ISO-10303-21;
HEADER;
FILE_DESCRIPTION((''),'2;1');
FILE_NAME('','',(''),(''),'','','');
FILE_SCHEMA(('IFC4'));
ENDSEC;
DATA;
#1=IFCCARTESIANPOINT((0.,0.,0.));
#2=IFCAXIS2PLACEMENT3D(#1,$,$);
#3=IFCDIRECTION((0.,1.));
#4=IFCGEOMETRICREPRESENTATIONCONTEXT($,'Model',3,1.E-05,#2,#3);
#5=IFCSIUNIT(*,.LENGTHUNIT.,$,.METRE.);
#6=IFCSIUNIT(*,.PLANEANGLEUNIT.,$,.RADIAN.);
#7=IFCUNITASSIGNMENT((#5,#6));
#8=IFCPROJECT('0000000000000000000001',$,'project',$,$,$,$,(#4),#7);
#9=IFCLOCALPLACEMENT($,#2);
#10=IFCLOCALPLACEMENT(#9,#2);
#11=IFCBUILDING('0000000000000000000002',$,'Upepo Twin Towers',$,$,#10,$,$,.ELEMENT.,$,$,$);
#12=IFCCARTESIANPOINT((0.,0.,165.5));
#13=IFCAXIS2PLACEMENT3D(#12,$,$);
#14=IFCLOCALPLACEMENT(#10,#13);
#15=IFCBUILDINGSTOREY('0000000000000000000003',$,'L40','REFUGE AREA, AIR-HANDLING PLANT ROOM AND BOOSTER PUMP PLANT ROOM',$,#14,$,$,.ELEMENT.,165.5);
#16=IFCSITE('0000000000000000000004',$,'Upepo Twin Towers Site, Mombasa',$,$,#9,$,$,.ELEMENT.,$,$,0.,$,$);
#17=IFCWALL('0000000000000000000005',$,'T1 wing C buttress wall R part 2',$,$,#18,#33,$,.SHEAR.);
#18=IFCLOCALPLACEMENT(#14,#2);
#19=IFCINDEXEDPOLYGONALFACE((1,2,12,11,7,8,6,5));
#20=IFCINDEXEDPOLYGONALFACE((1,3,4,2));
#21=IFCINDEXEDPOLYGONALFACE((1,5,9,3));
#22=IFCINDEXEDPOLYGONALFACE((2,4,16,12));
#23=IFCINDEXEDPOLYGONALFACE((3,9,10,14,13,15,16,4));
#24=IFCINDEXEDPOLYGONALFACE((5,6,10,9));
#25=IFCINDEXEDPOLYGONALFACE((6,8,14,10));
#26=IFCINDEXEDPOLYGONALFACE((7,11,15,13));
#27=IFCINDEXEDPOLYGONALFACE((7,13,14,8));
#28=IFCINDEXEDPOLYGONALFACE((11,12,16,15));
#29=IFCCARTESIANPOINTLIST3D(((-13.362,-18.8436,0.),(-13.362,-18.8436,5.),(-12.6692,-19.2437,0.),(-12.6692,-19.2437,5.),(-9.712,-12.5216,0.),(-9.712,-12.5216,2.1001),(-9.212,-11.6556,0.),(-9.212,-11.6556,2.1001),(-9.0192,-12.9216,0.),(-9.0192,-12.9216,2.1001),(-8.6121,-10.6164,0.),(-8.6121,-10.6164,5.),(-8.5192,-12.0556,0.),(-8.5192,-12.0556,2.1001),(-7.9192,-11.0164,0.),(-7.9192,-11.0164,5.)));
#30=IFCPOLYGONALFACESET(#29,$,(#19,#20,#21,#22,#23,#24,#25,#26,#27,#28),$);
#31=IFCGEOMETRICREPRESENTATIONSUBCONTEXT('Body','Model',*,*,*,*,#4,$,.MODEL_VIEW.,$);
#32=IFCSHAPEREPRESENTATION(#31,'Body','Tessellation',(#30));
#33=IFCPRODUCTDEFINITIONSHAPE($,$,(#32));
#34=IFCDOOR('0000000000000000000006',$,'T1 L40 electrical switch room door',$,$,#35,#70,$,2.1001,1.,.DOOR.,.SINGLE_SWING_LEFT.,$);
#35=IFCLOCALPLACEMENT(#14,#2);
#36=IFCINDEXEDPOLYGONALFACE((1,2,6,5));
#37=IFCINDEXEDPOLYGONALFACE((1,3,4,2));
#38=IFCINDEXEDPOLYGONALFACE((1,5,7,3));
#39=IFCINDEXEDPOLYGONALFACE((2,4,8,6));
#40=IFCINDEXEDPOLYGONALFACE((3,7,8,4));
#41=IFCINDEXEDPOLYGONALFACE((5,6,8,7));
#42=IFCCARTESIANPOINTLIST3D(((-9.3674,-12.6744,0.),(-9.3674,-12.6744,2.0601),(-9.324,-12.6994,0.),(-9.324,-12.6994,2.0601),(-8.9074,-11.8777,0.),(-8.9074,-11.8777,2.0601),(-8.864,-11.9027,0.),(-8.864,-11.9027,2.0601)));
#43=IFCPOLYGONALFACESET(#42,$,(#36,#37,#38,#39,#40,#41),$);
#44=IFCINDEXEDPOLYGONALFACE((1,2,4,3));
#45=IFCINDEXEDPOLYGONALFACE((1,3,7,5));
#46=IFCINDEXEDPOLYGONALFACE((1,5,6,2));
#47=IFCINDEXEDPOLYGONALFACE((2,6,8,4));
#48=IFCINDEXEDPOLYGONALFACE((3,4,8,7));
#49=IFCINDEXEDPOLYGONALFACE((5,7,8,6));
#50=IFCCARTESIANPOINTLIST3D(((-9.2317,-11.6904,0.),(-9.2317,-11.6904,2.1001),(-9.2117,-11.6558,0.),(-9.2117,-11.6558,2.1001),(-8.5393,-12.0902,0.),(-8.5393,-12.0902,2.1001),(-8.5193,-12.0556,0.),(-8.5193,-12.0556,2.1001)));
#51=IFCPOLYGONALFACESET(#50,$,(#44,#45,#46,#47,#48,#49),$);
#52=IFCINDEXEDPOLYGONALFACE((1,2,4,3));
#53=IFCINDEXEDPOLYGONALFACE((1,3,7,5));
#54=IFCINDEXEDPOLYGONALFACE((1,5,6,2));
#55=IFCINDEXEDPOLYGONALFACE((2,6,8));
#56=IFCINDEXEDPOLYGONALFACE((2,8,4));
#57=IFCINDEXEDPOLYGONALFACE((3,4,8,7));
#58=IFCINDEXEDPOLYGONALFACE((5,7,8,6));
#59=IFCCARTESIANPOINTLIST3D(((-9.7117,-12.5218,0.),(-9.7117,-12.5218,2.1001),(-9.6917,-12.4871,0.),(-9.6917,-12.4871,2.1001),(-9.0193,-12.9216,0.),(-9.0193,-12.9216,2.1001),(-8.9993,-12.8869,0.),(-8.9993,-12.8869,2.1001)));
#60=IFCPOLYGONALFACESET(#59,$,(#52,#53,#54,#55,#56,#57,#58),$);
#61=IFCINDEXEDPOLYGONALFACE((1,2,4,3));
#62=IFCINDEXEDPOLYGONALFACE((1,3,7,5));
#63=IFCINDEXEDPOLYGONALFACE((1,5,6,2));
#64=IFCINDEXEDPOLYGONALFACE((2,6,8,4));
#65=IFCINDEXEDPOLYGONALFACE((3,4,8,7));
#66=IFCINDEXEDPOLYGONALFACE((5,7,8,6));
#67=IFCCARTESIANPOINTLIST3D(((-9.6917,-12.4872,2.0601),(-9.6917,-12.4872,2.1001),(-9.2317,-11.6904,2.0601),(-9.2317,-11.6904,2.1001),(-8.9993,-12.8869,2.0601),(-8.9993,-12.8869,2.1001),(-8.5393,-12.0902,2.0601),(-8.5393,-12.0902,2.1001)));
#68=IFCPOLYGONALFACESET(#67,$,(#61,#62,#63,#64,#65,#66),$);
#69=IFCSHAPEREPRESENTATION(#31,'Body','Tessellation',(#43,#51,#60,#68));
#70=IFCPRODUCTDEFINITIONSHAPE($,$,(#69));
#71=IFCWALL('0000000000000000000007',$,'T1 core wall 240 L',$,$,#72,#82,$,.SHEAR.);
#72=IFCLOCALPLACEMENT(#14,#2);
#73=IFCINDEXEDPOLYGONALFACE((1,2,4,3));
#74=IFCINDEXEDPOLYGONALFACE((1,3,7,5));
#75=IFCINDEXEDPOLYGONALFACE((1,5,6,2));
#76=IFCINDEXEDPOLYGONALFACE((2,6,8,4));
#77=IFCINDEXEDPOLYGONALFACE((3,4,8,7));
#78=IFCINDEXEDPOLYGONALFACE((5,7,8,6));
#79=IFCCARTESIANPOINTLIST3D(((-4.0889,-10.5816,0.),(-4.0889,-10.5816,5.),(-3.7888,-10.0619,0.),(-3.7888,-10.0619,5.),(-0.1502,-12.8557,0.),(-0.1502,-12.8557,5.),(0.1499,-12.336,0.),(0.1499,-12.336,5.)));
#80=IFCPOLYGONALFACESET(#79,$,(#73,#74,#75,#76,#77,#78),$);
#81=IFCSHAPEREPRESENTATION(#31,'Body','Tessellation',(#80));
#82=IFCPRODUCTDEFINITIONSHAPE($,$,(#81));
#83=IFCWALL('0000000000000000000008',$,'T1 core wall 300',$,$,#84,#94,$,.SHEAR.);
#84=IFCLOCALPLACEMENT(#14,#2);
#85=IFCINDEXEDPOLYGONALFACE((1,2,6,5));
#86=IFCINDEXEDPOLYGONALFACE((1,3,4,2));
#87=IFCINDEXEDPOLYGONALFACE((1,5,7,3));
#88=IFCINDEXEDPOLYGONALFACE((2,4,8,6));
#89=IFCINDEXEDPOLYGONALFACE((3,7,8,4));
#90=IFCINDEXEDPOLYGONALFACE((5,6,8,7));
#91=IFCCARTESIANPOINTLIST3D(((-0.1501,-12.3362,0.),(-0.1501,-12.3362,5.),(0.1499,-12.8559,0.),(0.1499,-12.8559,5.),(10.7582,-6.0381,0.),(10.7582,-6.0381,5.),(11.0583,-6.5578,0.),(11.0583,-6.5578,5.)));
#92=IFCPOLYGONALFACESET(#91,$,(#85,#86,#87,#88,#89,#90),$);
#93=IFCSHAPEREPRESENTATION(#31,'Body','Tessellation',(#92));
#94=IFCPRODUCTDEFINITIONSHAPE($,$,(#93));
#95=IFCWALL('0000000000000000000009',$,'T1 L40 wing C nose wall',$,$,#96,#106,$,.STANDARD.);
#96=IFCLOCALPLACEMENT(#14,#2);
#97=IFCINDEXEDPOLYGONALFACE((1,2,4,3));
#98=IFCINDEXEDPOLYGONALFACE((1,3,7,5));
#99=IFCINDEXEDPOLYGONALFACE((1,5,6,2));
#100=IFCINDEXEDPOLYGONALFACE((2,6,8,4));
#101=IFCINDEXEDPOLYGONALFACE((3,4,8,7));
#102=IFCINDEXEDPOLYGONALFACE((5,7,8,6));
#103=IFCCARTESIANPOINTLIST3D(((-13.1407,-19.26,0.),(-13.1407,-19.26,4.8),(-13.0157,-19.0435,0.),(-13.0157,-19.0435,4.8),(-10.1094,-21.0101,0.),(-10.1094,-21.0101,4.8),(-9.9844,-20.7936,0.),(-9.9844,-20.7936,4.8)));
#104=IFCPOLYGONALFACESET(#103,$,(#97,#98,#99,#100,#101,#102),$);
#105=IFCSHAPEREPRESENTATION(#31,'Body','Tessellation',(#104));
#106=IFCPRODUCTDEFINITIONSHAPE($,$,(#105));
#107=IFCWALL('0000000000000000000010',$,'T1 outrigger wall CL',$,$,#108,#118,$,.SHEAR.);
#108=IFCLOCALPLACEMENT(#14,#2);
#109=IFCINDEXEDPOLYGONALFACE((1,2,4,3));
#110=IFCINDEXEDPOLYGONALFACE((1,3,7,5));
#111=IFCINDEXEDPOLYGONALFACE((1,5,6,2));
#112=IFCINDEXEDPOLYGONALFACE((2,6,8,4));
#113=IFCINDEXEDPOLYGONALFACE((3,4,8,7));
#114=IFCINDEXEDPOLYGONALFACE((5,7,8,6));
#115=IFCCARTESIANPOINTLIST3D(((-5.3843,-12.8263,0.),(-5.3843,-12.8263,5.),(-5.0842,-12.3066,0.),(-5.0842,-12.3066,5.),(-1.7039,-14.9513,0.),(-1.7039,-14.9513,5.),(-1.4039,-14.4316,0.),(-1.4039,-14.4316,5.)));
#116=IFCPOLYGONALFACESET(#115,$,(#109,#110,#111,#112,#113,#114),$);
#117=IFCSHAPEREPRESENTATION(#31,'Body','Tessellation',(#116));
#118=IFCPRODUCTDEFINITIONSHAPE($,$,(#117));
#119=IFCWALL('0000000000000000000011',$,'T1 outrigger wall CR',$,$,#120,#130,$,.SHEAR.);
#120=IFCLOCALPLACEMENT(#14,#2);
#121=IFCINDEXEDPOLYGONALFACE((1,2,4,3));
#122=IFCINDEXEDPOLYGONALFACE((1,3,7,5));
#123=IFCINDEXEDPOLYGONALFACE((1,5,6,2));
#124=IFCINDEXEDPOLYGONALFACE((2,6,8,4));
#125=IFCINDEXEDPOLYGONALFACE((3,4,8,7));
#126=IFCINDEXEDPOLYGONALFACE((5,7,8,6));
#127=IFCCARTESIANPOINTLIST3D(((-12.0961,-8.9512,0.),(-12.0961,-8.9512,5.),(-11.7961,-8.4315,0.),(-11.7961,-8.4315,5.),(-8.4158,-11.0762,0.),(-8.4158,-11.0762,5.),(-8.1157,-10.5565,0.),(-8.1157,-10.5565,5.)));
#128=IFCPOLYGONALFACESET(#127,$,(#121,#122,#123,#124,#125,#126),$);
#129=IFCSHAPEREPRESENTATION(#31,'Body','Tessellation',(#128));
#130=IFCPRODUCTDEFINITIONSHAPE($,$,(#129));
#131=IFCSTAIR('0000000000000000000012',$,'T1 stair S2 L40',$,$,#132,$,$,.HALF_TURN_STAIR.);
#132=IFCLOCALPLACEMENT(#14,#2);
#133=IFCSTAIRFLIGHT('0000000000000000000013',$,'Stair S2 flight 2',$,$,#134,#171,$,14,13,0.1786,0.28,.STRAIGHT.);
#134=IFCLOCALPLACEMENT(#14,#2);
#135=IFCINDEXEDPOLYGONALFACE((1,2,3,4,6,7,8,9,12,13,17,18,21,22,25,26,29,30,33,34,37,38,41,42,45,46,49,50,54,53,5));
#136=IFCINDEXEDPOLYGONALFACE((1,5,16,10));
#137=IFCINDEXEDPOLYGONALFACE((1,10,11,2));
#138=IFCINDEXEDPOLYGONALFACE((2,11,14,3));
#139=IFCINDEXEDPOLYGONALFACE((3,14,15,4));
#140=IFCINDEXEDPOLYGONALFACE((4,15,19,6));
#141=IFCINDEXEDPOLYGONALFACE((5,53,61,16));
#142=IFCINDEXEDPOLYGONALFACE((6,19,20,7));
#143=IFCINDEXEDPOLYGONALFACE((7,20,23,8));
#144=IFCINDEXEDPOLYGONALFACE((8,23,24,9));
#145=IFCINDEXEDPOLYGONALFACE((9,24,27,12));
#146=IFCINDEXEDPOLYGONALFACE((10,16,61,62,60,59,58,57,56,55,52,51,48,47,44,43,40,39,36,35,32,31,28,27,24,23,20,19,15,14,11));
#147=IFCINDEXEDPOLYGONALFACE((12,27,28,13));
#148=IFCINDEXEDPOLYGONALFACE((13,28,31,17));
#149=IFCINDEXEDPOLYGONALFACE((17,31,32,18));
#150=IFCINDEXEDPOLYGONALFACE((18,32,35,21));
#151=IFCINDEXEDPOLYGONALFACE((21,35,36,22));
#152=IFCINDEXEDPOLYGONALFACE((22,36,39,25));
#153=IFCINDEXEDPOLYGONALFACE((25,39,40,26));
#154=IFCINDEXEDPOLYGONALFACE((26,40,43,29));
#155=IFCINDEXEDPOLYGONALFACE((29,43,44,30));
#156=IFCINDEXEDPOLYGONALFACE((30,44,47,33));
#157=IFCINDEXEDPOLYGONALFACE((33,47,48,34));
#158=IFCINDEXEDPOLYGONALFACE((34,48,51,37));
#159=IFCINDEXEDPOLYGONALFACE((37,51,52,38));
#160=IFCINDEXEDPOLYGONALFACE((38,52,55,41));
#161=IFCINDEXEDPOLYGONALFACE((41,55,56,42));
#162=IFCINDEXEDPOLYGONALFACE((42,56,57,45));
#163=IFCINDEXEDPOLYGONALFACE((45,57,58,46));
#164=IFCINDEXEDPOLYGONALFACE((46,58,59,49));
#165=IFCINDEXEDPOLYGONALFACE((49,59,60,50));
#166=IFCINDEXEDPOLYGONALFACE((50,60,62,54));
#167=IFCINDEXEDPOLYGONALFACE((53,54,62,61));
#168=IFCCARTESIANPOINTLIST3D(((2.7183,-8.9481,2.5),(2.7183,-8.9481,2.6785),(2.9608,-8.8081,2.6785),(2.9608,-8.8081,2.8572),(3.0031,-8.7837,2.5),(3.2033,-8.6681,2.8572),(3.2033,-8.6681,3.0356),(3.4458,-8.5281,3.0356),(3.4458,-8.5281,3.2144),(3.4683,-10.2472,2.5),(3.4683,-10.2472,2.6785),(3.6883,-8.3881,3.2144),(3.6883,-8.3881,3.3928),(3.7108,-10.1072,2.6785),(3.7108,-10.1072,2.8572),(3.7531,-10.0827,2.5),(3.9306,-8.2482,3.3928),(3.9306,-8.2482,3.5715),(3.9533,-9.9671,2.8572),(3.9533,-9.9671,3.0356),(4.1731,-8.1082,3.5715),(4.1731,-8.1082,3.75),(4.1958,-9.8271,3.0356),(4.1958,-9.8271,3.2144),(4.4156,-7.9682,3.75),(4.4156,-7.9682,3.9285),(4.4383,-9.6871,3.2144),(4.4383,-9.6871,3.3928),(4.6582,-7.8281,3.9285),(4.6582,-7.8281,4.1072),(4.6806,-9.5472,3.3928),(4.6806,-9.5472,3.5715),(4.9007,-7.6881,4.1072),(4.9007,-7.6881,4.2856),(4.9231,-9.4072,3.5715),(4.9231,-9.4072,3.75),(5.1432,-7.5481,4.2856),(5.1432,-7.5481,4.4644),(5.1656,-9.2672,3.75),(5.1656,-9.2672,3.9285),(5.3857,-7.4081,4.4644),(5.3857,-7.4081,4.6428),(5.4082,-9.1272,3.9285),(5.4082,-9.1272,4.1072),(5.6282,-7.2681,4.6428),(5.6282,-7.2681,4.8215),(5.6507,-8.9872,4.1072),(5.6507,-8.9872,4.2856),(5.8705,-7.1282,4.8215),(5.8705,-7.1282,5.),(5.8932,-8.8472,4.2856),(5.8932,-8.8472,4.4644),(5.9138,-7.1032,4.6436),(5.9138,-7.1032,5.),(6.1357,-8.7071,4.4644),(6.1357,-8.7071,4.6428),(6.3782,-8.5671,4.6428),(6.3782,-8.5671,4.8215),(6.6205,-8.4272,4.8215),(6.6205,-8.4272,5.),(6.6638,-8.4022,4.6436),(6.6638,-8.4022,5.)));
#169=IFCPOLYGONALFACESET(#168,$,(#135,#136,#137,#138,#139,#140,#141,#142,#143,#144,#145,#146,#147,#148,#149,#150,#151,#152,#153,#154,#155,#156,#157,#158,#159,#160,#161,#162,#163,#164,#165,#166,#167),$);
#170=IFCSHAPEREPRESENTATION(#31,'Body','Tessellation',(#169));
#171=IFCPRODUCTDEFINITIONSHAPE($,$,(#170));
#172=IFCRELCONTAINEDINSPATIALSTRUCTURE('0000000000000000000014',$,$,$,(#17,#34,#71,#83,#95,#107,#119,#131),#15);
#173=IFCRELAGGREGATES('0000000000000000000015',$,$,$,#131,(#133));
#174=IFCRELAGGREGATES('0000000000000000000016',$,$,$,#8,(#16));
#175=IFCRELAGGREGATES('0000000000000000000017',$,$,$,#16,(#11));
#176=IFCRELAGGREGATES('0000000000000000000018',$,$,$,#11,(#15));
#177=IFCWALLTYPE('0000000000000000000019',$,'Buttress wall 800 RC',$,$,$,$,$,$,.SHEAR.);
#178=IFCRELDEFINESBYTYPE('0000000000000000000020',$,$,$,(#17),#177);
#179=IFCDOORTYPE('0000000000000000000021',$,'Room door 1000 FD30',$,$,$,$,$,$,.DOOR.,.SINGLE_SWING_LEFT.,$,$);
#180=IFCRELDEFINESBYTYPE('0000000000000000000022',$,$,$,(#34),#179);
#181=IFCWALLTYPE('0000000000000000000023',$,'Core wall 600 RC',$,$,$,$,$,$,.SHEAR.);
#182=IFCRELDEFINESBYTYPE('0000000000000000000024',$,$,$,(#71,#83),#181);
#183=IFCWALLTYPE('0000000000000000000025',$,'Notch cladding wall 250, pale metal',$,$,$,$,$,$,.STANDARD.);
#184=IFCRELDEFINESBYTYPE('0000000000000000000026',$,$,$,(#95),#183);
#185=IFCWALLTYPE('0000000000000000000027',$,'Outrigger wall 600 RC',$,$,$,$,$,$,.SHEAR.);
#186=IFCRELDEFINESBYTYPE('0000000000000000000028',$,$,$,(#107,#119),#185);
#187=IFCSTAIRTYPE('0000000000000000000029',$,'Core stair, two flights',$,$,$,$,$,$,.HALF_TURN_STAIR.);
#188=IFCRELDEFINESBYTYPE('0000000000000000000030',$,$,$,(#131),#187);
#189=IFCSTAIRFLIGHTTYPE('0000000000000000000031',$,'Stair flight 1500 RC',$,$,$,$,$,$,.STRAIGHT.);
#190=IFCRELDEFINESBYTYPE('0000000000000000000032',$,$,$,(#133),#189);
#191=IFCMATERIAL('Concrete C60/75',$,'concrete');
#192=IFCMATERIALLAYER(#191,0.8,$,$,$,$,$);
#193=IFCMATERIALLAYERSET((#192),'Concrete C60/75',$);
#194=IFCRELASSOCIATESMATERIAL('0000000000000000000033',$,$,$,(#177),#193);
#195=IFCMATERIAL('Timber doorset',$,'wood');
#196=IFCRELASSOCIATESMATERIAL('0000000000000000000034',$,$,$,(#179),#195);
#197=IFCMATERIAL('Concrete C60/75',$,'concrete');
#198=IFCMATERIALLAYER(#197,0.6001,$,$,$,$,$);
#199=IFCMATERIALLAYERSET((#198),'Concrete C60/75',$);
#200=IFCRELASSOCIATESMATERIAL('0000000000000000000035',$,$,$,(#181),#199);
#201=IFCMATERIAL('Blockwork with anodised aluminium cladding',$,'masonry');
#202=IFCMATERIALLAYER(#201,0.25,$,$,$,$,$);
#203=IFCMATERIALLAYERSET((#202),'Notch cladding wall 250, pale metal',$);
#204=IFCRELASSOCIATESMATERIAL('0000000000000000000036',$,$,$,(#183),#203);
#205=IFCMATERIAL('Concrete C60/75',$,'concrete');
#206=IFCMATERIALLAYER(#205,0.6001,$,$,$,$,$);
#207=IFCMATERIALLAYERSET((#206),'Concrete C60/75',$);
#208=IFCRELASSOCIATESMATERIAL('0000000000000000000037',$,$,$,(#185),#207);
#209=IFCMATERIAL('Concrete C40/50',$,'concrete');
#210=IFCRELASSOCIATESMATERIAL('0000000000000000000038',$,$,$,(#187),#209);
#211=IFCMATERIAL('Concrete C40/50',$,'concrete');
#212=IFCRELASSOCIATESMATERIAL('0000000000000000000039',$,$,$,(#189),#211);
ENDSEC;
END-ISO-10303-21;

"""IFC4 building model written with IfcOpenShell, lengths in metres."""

from ifc_helpers import new_model, si_unit, direction, frame, frame_2d, origin, place, context, subcontext, project, spatial, polyline, rectangle, outline, extrude, material, layer, layer_set, type_object, element, fill, aggregate, save


model = new_model("IFC4")

# Units and contexts
model_context = context("Model", 3, precision=1e-05, world=origin(), true_north=direction((0.0, 1.0)))
body_context = subcontext(model_context, "Body", "Model", "MODEL_VIEW")
ifc_project = project(units=[si_unit("LENGTHUNIT", "METRE"), si_unit("PLANEANGLEUNIT", "RADIAN")], contexts=[model_context])

# Site, building, storey
site_placement = place(None, origin())
site = spatial("IfcSite", under=ifc_project, at=site_placement, Name="Upepo Twin Towers Site, Mombasa", CompositionType="ELEMENT", RefElevation=0.0)
building_placement = place(site_placement, origin())
building = spatial("IfcBuilding", under=site, at=building_placement, Name="Upepo Twin Towers", CompositionType="ELEMENT")
storey_placement = place(building_placement, frame((0.0, 0.0, 165.5)))
storey = spatial("IfcBuildingStorey", under=building, at=storey_placement, Name="L40", Description="REFUGE AREA, AIR-HANDLING PLANT ROOM AND BOOSTER PUMP PLANT ROOM", CompositionType="ELEMENT", Elevation=165.5)

# Wall, opening, door
ifc_material_1 = material(Name="Concrete C60/75", Category="concrete")
ifc_layer_1 = layer(ifc_material_1, 0.8)
ifc_layer_set_1 = layer_set([ifc_layer_1], Name="Concrete C60/75")
wall_type_1 = type_object("IfcWallType", Name="Buttress wall 800 RC", PredefinedType="SHEAR", material=ifc_layer_set_1)
ifc_material_2 = material(Name="Timber doorset", Category="wood")
door_type = type_object("IfcDoorType", Name="Room door 1000 FD30", OperationType="SINGLE_SWING_LEFT", PredefinedType="DOOR", material=ifc_material_2)
wall_1_placement = place(storey_placement, frame((-8.2656, -10.8164, 0.0), z_axis=(0.0, 0.0, 1.0), x_axis=(-0.499998, -0.866027, 0.0)))
wall_1 = element("IfcWall", 1, at=wall_1_placement, inside=storey, type_object=wall_type_1, Name="T1 wing C buttress wall R part 2", PredefinedType="SHEAR", context=body_context, shape_type="SweptSolid", body=[
    extrude(rectangle(XDim=9.5, YDim=0.8, at=frame_2d((4.75, 0.0))), origin(), (0.0, 0.0, 1.0), 5.0),
])
opening_1_placement = place(wall_1_placement, frame((1.2, 0.0, 0.0)))
opening_1 = element("IfcOpeningElement", 2, at=opening_1_placement, cuts=wall_1, PredefinedType="OPENING", context=body_context, shape_type="SweptSolid", body=[
    extrude(rectangle(XDim=1.0, YDim=2.1001, at=frame_2d((0.5, 1.05))), frame((0.0, 0.4099, 0.0), z_axis=(0.0, -1.0, 0.0), x_axis=(1.0, 0.0, 0.0)), (0.0, 0.0, 1.0), 0.8201),
])
door_1_placement = place(opening_1_placement, origin())
door_1 = element("IfcDoor", 3, at=door_1_placement, inside=storey, type_object=door_type, Name="T1 L40 electrical switch room door", OperationType="SINGLE_SWING_LEFT", OverallHeight=2.1001, OverallWidth=1.0, PredefinedType="DOOR", context=body_context, shape_type="SweptSolid", body=[
    extrude(rectangle(XDim=0.92, YDim=2.0601, at=frame_2d((0.5, 1.03))), frame((0.0, 0.0249, 0.0), z_axis=(0.0, -1.0, 0.0), x_axis=(1.0, 0.0, 0.0)), (0.0, 0.0, 1.0), 0.05),
    extrude(rectangle(XDim=0.04, YDim=2.1001, at=frame_2d((0.02, 1.05))), frame((0.0, 0.3999, 0.0), z_axis=(0.0, -1.0, 0.0), x_axis=(1.0, 0.0, 0.0)), (0.0, 0.0, 1.0), 0.7996),
    extrude(rectangle(XDim=0.04, YDim=2.1001, at=frame_2d((0.98, 1.05))), frame((0.0, 0.3999, 0.0), z_axis=(0.0, -1.0, 0.0), x_axis=(1.0, 0.0, 0.0)), (0.0, 0.0, 1.0), 0.7996),
    extrude(rectangle(XDim=0.92, YDim=0.04, at=frame_2d((0.5, 2.0801))), frame((0.0, 0.3999, 0.0), z_axis=(0.0, -1.0, 0.0), x_axis=(1.0, 0.0, 0.0)), (0.0, 0.0, 1.0), 0.7996),
])
fill(opening_1, door_1)

# Walls
ifc_material_3 = material(Name="Concrete C60/75", Category="concrete")
ifc_layer_2 = layer(ifc_material_3, 0.6001)
ifc_layer_set_2 = layer_set([ifc_layer_2], Name="Concrete C60/75")
wall_type_2 = type_object("IfcWallType", Name="Core wall 600 RC", PredefinedType="SHEAR", material=ifc_layer_set_2)
wall_2_placement = place(storey_placement, frame((-3.9387, -10.3218, 0.0), z_axis=(0.0, 0.0, 1.0), x_axis=(0.866011, -0.500024, 0.0)))
element("IfcWall", 4, at=wall_2_placement, inside=storey, type_object=wall_type_2, Name="T1 core wall 240 L", PredefinedType="SHEAR", context=body_context, shape_type="SweptSolid", body=[
    extrude(rectangle(XDim=4.5481, YDim=0.6001, at=frame_2d((2.2739, 0.0))), origin(), (0.0, 0.0, 1.0), 5.0),
])
wall_3_placement = place(storey_placement, frame((0.0, -12.5959, 0.0), z_axis=(0.0, 0.0, 1.0), x_axis=(0.866022, 0.500006, 0.0)))
element("IfcWall", 5, at=wall_3_placement, inside=storey, type_object=wall_type_2, Name="T1 core wall 300", PredefinedType="SHEAR", context=body_context, shape_type="SweptSolid", body=[
    extrude(rectangle(XDim=12.5959, YDim=0.6001, at=frame_2d((6.2979, 0.0))), origin(), (0.0, 0.0, 1.0), 5.0),
])
ifc_material_4 = material(Name="Blockwork with anodised aluminium cladding", Category="masonry")
ifc_layer_3 = layer(ifc_material_4, 0.25)
ifc_layer_set_3 = layer_set([ifc_layer_3], Name="Notch cladding wall 250, pale metal")
wall_type_3 = type_object("IfcWallType", Name="Notch cladding wall 250, pale metal", PredefinedType="STANDARD", material=ifc_layer_set_3)
wall_4_placement = place(storey_placement, frame((-13.0781, -19.1519, 0.0), z_axis=(0.0, 0.0, 1.0), x_axis=(0.866037, -0.49998, 0.0)))
element("IfcWall", 6, at=wall_4_placement, inside=storey, type_object=wall_type_3, Name="T1 L40 wing C nose wall", PredefinedType="STANDARD", context=body_context, shape_type="SweptSolid", body=[
    extrude(rectangle(XDim=3.5002, YDim=0.25, at=frame_2d((1.75, 0.0))), origin(), (0.0, 0.0, 1.0), 4.8),
])
ifc_material_5 = material(Name="Concrete C60/75", Category="concrete")
ifc_layer_4 = layer(ifc_material_5, 0.6001)
ifc_layer_set_4 = layer_set([ifc_layer_4], Name="Concrete C60/75")
wall_type_4 = type_object("IfcWallType", Name="Outrigger wall 600 RC", PredefinedType="SHEAR", material=ifc_layer_set_4)
for number, where, z_axis, x_axis, name in (
    (7, (-5.2344, -12.5664, 0.0), (0.0, 0.0, 1.0), (0.866014, -0.500019, 0.0), "T1 outrigger wall CL"),
    (8, (-8.2656, -10.8164, 0.0), (0.0, 0.0, 1.0), (-0.866014, 0.500019, 0.0), "T1 outrigger wall CR"),
):
    element("IfcWall", number, at=place(storey_placement, frame(where, z_axis=z_axis, x_axis=x_axis)), inside=storey, type_object=wall_type_4, Name=name, PredefinedType="SHEAR", context=body_context, shape_type="SweptSolid", body=[
        extrude(rectangle(XDim=4.2498, YDim=0.6001, at=frame_2d((2.125, 0.0))), origin(), (0.0, 0.0, 1.0), 5.0),
    ])

# Stair, stair flight
ifc_material_6 = material(Name="Concrete C40/50", Category="concrete")
stair_type = type_object("IfcStairType", Name="Core stair, two flights", PredefinedType="HALF_TURN_STAIR", material=ifc_material_6)
stair_placement = place(storey_placement, origin())
stair = element("IfcStair", 9, at=stair_placement, inside=storey, type_object=stair_type, Name="T1 stair S2 L40", PredefinedType="HALF_TURN_STAIR")
ifc_material_7 = material(Name="Concrete C40/50", Category="concrete")
stair_flight_type = type_object("IfcStairFlightType", Name="Stair flight 1500 RC", PredefinedType="STRAIGHT", material=ifc_material_7)
stair_flight_placement = place(storey_placement, frame((3.0933, -9.5977, 2.5), z_axis=(0.0, 0.0, 1.0), x_axis=(0.866025, 0.5, 0.0)))
stair_flight = element("IfcStairFlight", 10, at=stair_flight_placement, type_object=stair_flight_type, Name="Stair S2 flight 2", NumberOfRisers=14, NumberOfTreads=13, PredefinedType="STRAIGHT", RiserHeight=0.1786, TreadLength=0.28, context=body_context, shape_type="SweptSolid", body=[
    extrude(outline(polyline([(0.0, 0.0), (0.0, 0.1785), (0.28, 0.1785), (0.28, 0.3572), (0.5601, 0.3572), (0.5601, 0.5356), (0.8401, 0.5356), (0.8401, 0.7144), (1.1201, 0.7144), (1.1201, 0.8928), (1.3999, 0.8928), (1.3999, 1.0715), (1.6799, 1.0715), (1.6799, 1.25), (1.96, 1.25), (1.96, 1.4285), (2.24, 1.4285), (2.24, 1.6072), (2.52, 1.6072), (2.52, 1.7856), (2.8, 1.7856), (2.8, 1.9644), (3.0801, 1.9644), (3.0801, 2.1428), (3.3601, 2.1428), (3.3601, 2.3215), (3.6399, 2.3215), (3.6399, 2.5), (3.6899, 2.5), (3.6899, 2.1436), (0.3289, 0.0), (0.0, 0.0)])), frame((0.0, 0.75, 0.0), z_axis=(0.0, -1.0, 0.0), x_axis=(1.0, 0.0, 0.0)), (0.0, 0.0, 1.0), 1.5),
])
aggregate(stair, [stair_flight])

save(model, "model.ifc")
